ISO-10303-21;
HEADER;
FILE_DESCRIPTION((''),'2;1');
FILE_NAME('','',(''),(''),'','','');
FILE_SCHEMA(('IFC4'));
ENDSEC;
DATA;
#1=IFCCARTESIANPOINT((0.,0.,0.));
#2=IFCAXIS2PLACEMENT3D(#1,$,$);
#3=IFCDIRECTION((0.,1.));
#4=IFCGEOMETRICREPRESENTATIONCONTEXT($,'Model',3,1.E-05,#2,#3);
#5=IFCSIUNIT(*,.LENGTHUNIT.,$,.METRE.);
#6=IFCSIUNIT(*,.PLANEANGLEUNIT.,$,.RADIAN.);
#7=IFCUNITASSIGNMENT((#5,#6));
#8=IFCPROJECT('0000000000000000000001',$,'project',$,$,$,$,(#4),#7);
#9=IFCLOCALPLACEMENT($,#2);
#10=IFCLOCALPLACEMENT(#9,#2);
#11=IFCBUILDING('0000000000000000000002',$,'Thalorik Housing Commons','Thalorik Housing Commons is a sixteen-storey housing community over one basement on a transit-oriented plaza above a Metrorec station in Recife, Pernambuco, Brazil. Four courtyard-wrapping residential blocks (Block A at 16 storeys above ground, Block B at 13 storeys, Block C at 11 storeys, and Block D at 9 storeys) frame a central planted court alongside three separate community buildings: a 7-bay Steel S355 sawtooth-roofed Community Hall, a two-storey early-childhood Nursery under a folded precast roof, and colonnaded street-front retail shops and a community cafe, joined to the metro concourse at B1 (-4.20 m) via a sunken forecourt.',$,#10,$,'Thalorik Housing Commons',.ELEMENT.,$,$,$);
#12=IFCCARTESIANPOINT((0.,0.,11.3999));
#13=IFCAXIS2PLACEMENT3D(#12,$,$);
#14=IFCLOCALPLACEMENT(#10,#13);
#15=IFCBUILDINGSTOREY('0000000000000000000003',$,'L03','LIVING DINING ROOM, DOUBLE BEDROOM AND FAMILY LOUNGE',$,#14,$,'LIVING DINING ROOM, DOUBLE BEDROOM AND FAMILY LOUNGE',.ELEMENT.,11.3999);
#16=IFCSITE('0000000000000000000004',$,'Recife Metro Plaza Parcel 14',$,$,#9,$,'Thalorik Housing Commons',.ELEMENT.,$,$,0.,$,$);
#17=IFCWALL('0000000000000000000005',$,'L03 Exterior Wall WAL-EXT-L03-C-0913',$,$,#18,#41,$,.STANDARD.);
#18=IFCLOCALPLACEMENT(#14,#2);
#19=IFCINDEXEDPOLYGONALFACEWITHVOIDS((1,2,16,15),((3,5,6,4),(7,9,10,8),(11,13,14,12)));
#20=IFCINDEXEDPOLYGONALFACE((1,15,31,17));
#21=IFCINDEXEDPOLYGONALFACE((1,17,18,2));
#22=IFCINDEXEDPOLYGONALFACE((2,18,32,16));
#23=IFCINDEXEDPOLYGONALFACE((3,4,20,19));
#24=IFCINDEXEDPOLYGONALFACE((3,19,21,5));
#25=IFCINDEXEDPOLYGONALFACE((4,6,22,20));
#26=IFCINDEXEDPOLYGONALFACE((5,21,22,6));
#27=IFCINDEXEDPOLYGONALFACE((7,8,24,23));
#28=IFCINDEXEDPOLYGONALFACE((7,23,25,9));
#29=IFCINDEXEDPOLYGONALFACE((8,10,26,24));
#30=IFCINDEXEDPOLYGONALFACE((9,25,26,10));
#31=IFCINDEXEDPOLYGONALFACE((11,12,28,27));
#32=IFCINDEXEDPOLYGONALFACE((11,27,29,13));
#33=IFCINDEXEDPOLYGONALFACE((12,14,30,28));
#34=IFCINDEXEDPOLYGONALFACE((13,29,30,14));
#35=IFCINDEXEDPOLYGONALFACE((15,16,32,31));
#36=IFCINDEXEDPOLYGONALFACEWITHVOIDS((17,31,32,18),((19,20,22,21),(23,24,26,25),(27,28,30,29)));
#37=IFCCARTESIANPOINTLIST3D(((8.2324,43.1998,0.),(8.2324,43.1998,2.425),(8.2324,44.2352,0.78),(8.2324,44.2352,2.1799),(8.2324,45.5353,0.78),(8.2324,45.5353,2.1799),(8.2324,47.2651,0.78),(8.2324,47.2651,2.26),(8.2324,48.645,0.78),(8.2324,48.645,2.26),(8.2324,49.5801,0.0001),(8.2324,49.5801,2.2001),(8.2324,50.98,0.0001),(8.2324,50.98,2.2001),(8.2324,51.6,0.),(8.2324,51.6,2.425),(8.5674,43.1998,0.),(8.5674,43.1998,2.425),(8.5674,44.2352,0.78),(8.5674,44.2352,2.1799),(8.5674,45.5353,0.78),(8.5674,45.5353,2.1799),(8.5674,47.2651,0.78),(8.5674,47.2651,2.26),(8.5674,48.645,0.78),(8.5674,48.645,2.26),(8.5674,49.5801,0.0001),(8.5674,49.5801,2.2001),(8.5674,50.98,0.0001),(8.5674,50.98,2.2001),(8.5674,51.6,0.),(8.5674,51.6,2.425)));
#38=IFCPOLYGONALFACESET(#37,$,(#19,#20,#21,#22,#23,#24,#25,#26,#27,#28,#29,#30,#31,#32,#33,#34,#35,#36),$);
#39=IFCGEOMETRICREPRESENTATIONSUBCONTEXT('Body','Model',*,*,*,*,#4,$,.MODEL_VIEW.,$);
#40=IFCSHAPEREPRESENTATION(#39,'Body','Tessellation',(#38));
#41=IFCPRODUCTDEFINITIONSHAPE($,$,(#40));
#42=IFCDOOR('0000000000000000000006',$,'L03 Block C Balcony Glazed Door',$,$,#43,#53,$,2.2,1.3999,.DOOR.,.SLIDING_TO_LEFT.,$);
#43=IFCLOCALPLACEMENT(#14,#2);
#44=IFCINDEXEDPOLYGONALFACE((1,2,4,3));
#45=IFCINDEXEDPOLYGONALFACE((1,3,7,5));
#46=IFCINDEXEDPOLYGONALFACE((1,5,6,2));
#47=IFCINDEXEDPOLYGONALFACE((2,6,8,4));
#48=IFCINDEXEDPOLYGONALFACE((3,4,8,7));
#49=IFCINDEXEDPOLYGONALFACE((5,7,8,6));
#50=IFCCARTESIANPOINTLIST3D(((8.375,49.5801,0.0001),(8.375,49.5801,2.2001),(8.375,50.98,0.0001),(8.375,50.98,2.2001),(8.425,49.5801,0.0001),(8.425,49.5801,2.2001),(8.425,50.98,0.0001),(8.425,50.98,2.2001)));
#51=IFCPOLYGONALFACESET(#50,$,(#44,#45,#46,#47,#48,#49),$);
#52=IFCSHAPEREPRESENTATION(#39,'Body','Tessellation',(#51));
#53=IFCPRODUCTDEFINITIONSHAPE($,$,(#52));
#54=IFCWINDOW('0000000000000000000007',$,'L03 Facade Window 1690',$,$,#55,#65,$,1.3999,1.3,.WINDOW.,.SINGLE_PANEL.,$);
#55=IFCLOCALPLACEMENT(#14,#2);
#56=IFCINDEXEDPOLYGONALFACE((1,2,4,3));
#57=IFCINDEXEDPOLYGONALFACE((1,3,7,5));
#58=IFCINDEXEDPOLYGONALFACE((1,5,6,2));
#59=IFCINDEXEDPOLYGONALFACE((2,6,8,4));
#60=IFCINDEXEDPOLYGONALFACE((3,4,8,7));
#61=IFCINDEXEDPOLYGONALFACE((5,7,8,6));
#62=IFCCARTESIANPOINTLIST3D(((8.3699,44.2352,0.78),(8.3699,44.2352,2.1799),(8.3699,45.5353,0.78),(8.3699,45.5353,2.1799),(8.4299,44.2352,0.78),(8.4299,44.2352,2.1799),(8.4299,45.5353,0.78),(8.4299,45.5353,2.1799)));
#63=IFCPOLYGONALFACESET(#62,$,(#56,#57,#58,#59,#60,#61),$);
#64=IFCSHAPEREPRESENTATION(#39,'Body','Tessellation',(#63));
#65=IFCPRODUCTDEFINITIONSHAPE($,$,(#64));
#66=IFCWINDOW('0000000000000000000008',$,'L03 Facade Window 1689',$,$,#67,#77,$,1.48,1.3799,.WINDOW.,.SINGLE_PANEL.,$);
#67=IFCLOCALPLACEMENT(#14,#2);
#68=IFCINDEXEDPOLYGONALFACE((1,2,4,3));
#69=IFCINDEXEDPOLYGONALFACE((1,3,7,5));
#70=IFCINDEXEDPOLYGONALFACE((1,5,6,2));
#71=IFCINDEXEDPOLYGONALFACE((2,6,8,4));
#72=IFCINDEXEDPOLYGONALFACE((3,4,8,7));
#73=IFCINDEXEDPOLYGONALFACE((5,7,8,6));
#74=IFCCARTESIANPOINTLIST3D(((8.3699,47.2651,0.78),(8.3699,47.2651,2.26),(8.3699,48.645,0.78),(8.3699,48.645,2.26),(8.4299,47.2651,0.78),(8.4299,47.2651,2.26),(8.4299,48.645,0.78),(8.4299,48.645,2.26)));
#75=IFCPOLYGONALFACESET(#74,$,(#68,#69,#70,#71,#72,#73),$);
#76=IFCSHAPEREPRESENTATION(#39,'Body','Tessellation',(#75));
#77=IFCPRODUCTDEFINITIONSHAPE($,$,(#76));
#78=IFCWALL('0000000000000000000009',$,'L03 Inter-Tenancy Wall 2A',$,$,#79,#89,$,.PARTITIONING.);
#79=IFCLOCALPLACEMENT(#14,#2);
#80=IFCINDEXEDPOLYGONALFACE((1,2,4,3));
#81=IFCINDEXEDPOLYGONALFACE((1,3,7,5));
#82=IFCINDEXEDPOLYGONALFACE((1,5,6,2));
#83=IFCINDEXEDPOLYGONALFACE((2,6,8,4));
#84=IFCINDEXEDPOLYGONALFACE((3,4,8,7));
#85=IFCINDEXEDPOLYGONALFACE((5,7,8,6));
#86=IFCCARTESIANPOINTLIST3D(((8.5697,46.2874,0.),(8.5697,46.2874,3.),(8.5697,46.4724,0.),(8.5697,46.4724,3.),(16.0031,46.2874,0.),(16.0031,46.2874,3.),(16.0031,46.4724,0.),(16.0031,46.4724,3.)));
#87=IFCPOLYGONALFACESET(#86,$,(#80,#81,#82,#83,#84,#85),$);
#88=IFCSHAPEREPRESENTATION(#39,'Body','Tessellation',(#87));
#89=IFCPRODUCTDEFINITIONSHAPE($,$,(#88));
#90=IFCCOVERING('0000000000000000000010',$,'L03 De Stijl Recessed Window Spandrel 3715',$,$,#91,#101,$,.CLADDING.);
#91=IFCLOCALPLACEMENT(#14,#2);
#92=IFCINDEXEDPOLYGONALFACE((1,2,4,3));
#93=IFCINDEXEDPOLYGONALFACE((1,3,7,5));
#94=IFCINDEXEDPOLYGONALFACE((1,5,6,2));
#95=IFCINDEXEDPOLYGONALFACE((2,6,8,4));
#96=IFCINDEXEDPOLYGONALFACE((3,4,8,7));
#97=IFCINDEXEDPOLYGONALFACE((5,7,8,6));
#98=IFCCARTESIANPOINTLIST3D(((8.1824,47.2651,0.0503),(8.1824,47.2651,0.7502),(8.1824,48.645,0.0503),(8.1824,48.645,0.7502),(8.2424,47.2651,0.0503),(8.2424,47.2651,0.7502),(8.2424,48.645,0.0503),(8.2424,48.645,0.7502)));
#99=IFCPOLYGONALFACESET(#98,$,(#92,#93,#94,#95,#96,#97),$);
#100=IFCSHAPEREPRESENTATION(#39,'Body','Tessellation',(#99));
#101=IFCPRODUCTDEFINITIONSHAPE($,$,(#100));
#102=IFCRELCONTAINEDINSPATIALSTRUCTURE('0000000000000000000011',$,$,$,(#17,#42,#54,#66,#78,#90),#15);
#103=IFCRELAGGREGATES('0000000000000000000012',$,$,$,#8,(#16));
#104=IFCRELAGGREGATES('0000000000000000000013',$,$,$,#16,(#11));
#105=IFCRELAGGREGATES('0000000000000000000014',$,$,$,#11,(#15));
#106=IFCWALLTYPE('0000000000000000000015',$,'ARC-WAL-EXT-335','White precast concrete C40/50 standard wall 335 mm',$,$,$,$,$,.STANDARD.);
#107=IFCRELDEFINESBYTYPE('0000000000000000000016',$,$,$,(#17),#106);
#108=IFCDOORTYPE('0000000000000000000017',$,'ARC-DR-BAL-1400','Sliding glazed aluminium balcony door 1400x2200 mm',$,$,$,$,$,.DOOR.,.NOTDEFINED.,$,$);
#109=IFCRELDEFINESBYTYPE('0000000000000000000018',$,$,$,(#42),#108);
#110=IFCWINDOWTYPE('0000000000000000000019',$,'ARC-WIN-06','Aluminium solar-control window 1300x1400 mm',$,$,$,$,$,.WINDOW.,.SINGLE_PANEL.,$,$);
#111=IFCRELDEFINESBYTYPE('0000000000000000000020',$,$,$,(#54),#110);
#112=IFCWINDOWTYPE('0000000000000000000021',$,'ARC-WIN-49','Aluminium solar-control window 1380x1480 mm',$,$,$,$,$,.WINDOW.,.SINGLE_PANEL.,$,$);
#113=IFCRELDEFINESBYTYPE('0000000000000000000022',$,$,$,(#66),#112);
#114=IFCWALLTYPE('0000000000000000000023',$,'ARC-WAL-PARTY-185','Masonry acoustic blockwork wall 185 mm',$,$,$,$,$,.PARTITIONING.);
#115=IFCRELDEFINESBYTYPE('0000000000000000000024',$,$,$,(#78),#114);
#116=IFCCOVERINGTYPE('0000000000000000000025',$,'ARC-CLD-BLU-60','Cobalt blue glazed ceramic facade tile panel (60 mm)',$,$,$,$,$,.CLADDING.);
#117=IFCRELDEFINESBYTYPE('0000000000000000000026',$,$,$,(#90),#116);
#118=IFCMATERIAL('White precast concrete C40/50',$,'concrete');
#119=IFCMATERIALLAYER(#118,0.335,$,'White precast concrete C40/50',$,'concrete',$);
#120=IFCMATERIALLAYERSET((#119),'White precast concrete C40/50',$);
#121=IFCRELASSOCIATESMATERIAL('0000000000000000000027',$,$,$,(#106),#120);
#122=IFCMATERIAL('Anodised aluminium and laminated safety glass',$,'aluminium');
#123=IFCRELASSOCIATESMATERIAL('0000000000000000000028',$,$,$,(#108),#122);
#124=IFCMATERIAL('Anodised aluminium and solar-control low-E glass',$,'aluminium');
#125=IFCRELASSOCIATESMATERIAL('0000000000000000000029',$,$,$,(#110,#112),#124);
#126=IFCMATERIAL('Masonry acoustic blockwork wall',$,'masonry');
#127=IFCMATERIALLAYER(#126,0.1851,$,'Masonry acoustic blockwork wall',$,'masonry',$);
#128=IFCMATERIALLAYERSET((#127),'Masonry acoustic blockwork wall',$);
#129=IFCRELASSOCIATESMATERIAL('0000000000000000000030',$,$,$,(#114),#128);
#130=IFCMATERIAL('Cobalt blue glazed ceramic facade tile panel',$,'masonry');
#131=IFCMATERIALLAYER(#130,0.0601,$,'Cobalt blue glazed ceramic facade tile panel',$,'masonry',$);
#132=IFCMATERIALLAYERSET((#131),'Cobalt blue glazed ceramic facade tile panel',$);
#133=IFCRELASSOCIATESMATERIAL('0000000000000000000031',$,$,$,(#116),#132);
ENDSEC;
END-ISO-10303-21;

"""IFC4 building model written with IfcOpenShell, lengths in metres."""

from ifc_helpers import new_model, si_unit, direction, frame, frame_2d, origin, origin_2d, place, context, subcontext, project, spatial, rectangle, extrude, material, layer, layer_set, type_object, element, fill, save


model = new_model("IFC4")

# Units and contexts
model_context = context("Model", 3, precision=1e-05, world=origin(), true_north=direction((0.0, 1.0)))
body_context = subcontext(model_context, "Body", "Model", "MODEL_VIEW")
ifc_project = project(units=[si_unit("LENGTHUNIT", "METRE"), si_unit("PLANEANGLEUNIT", "RADIAN")], contexts=[model_context])

# Site, building, storey
site_placement = place(None, origin())
site = spatial("IfcSite", under=ifc_project, at=site_placement, Name="Recife Metro Plaza Parcel 14", LongName="Thalorik Housing Commons", CompositionType="ELEMENT", RefElevation=0.0)
building_placement = place(site_placement, origin())
building = spatial("IfcBuilding", under=site, at=building_placement, Name="Thalorik Housing Commons", Description="Thalorik Housing Commons is a sixteen-storey housing community over one basement on a transit-oriented plaza above a Metrorec station in Recife, Pernambuco, Brazil. Four courtyard-wrapping residential blocks (Block A at 16 storeys above ground, Block B at 13 storeys, Block C at 11 storeys, and Block D at 9 storeys) frame a central planted court alongside three separate community buildings: a 7-bay Steel S355 sawtooth-roofed Community Hall, a two-storey early-childhood Nursery under a folded precast roof, and colonnaded street-front retail shops and a community cafe, joined to the metro concourse at B1 (-4.20 m) via a sunken forecourt.", LongName="Thalorik Housing Commons", CompositionType="ELEMENT")
storey_placement = place(building_placement, frame((0.0, 0.0, 11.3999)))
storey = spatial("IfcBuildingStorey", under=building, at=storey_placement, Name="L03", Description="LIVING DINING ROOM, DOUBLE BEDROOM AND FAMILY LOUNGE", LongName="LIVING DINING ROOM, DOUBLE BEDROOM AND FAMILY LOUNGE", CompositionType="ELEMENT", Elevation=11.3999)

# Wall, openings, door, windows
ifc_material_1 = material(Name="White precast concrete C40/50", Category="concrete")
ifc_layer_1 = layer(ifc_material_1, 0.335, Name="White precast concrete C40/50", Category="concrete")
ifc_layer_set_1 = layer_set([ifc_layer_1], Name="White precast concrete C40/50")
wall_type_1 = type_object("IfcWallType", Name="ARC-WAL-EXT-335", Description="White precast concrete C40/50 standard wall 335 mm", PredefinedType="STANDARD", material=ifc_layer_set_1)
wall_1_placement = place(storey_placement, frame((8.3999, 51.6001, 0.0), z_axis=(0.0, 0.0, 1.0), x_axis=(0.0, -1.0, 0.0)))
wall_1 = element("IfcWall", 1, at=wall_1_placement, inside=storey, type_object=wall_type_1, Name="L03 Exterior Wall WAL-EXT-L03-C-0913", PredefinedType="STANDARD", context=body_context, shape_type="SweptSolid", body=[
    extrude(rectangle(XDim=8.4001, YDim=0.335, at=frame_2d((4.2002, 0.0))), origin(), (0.0, 0.0, 1.0), 2.425),
])
opening_1_placement = place(wall_1_placement, frame((0.6201, 0.0, 0.0)))
opening_1 = element("IfcOpeningElement", 2, at=opening_1_placement, cuts=wall_1, PredefinedType="OPENING", context=body_context, shape_type="SweptSolid", body=[
    extrude(rectangle(XDim=1.3999, YDim=2.2, at=frame_2d((0.7, 1.1001))), frame((0.0, 0.1775, 0.0), z_axis=(0.0, -1.0, 0.0), x_axis=(1.0, 0.0, 0.0)), (0.0, 0.0, 1.0), 0.355),
])
opening_2_placement = place(wall_1_placement, frame((2.9551, 0.0, 0.78)))
opening_2 = element("IfcOpeningElement", 3, at=opening_2_placement, cuts=wall_1, PredefinedType="OPENING", context=body_context, shape_type="SweptSolid", body=[
    extrude(rectangle(XDim=1.3799, YDim=1.48, at=frame_2d((0.6899, 0.74))), frame((0.0, 0.1775, 0.0), z_axis=(0.0, -1.0, 0.0), x_axis=(1.0, 0.0, 0.0)), (0.0, 0.0, 1.0), 0.355),
])
opening_3_placement = place(wall_1_placement, frame((6.0649, 0.0, 0.78)))
opening_3 = element("IfcOpeningElement", 4, at=opening_3_placement, cuts=wall_1, PredefinedType="OPENING", context=body_context, shape_type="SweptSolid", body=[
    extrude(rectangle(XDim=1.3, YDim=1.3999, at=frame_2d((0.6499, 0.7))), frame((0.0, 0.1775, 0.0), z_axis=(0.0, -1.0, 0.0), x_axis=(1.0, 0.0, 0.0)), (0.0, 0.0, 1.0), 0.355),
])
ifc_material_2 = material(Name="Anodised aluminium and laminated safety glass", Category="aluminium")
door_type = type_object("IfcDoorType", Name="ARC-DR-BAL-1400", Description="Sliding glazed aluminium balcony door 1400x2200 mm", OperationType="NOTDEFINED", PredefinedType="DOOR", material=ifc_material_2)
door_placement = place(opening_1_placement, frame((1.3999, 0.0, 0.0), z_axis=(0.0, 0.0, 1.0), x_axis=(-1.0, 0.0, 0.0)))
door = element("IfcDoor", 5, at=door_placement, inside=storey, type_object=door_type, Name="L03 Block C Balcony Glazed Door", OperationType="SLIDING_TO_LEFT", OverallHeight=2.2, OverallWidth=1.3999, PredefinedType="DOOR", context=body_context, shape_type="SweptSolid", body=[
    extrude(rectangle(XDim=1.3999, YDim=2.2, at=frame_2d((0.7, 1.1001))), frame((0.0, 0.0249, 0.0), z_axis=(0.0, -1.0, 0.0), x_axis=(1.0, 0.0, 0.0)), (0.0, 0.0, 1.0), 0.05),
])
fill(opening_1, door)
ifc_material_3 = material(Name="Anodised aluminium and solar-control low-E glass", Category="aluminium")
window_type_1 = type_object("IfcWindowType", Name="ARC-WIN-06", Description="Aluminium solar-control window 1300x1400 mm", PartitioningType="SINGLE_PANEL", PredefinedType="WINDOW", material=ifc_material_3)
window_1_placement = place(opening_3_placement, origin())
window_1 = element("IfcWindow", 6, at=window_1_placement, inside=storey, type_object=window_type_1, Name="L03 Facade Window 1690", OverallHeight=1.3999, OverallWidth=1.3, PartitioningType="SINGLE_PANEL", PredefinedType="WINDOW", context=body_context, shape_type="SweptSolid", body=[
    extrude(rectangle(XDim=1.3, YDim=1.3999, at=frame_2d((0.6499, 0.7))), frame((0.0, 0.03, 0.0), z_axis=(0.0, -1.0, 0.0), x_axis=(1.0, 0.0, 0.0)), (0.0, 0.0, 1.0), 0.0601),
])
fill(opening_3, window_1)
window_type_2 = type_object("IfcWindowType", Name="ARC-WIN-49", Description="Aluminium solar-control window 1380x1480 mm", PartitioningType="SINGLE_PANEL", PredefinedType="WINDOW", material=ifc_material_3)
window_2_placement = place(opening_2_placement, origin())
window_2 = element("IfcWindow", 7, at=window_2_placement, inside=storey, type_object=window_type_2, Name="L03 Facade Window 1689", OverallHeight=1.48, OverallWidth=1.3799, PartitioningType="SINGLE_PANEL", PredefinedType="WINDOW", context=body_context, shape_type="SweptSolid", body=[
    extrude(rectangle(XDim=1.3799, YDim=1.48, at=frame_2d((0.6899, 0.74))), frame((0.0, 0.03, 0.0), z_axis=(0.0, -1.0, 0.0), x_axis=(1.0, 0.0, 0.0)), (0.0, 0.0, 1.0), 0.0601),
])
fill(opening_2, window_2)

# Wall
ifc_material_4 = material(Name="Masonry acoustic blockwork wall", Category="masonry")
ifc_layer_2 = layer(ifc_material_4, 0.1851, Name="Masonry acoustic blockwork wall", Category="masonry")
ifc_layer_set_2 = layer_set([ifc_layer_2], Name="Masonry acoustic blockwork wall")
wall_type_2 = type_object("IfcWallType", Name="ARC-WAL-PARTY-185", Description="Masonry acoustic blockwork wall 185 mm", PredefinedType="PARTITIONING", material=ifc_layer_set_2)
wall_2_placement = place(storey_placement, frame((8.5696, 46.3799, 0.0), z_axis=(0.0, 0.0, 1.0), x_axis=(1.0, 0.0, 0.0)))
element("IfcWall", 8, at=wall_2_placement, inside=storey, type_object=wall_type_2, Name="L03 Inter-Tenancy Wall 2A", PredefinedType="PARTITIONING", context=body_context, shape_type="SweptSolid", body=[
    extrude(rectangle(XDim=7.4333, YDim=0.1851, at=frame_2d((3.7168, 0.0))), origin(), (0.0, 0.0, 1.0), 3.0),
])

# Covering
ifc_material_5 = material(Name="Cobalt blue glazed ceramic facade tile panel", Category="masonry")
ifc_layer_3 = layer(ifc_material_5, 0.0601, Name="Cobalt blue glazed ceramic facade tile panel", Category="masonry")
ifc_layer_set_3 = layer_set([ifc_layer_3], Name="Cobalt blue glazed ceramic facade tile panel")
covering_type_1 = type_object("IfcCoveringType", Name="ARC-CLD-BLU-60", Description="Cobalt blue glazed ceramic facade tile panel (60 mm)", PredefinedType="CLADDING", material=ifc_layer_set_3)
covering_1_placement = place(storey_placement, frame((8.2124, 47.9551, 0.0503), z_axis=(0.0, 0.0, 1.0), x_axis=(0.0, -1.0, 0.0)))
element("IfcCovering", 9, at=covering_1_placement, inside=storey, type_object=covering_type_1, Name="L03 De Stijl Recessed Window Spandrel 3715", PredefinedType="CLADDING", context=body_context, shape_type="SweptSolid", body=[
    extrude(rectangle(XDim=1.3799, YDim=0.0601, at=origin_2d()), origin(), (0.0, 0.0, 1.0), 0.7),
])

save(model, "model.ifc")
